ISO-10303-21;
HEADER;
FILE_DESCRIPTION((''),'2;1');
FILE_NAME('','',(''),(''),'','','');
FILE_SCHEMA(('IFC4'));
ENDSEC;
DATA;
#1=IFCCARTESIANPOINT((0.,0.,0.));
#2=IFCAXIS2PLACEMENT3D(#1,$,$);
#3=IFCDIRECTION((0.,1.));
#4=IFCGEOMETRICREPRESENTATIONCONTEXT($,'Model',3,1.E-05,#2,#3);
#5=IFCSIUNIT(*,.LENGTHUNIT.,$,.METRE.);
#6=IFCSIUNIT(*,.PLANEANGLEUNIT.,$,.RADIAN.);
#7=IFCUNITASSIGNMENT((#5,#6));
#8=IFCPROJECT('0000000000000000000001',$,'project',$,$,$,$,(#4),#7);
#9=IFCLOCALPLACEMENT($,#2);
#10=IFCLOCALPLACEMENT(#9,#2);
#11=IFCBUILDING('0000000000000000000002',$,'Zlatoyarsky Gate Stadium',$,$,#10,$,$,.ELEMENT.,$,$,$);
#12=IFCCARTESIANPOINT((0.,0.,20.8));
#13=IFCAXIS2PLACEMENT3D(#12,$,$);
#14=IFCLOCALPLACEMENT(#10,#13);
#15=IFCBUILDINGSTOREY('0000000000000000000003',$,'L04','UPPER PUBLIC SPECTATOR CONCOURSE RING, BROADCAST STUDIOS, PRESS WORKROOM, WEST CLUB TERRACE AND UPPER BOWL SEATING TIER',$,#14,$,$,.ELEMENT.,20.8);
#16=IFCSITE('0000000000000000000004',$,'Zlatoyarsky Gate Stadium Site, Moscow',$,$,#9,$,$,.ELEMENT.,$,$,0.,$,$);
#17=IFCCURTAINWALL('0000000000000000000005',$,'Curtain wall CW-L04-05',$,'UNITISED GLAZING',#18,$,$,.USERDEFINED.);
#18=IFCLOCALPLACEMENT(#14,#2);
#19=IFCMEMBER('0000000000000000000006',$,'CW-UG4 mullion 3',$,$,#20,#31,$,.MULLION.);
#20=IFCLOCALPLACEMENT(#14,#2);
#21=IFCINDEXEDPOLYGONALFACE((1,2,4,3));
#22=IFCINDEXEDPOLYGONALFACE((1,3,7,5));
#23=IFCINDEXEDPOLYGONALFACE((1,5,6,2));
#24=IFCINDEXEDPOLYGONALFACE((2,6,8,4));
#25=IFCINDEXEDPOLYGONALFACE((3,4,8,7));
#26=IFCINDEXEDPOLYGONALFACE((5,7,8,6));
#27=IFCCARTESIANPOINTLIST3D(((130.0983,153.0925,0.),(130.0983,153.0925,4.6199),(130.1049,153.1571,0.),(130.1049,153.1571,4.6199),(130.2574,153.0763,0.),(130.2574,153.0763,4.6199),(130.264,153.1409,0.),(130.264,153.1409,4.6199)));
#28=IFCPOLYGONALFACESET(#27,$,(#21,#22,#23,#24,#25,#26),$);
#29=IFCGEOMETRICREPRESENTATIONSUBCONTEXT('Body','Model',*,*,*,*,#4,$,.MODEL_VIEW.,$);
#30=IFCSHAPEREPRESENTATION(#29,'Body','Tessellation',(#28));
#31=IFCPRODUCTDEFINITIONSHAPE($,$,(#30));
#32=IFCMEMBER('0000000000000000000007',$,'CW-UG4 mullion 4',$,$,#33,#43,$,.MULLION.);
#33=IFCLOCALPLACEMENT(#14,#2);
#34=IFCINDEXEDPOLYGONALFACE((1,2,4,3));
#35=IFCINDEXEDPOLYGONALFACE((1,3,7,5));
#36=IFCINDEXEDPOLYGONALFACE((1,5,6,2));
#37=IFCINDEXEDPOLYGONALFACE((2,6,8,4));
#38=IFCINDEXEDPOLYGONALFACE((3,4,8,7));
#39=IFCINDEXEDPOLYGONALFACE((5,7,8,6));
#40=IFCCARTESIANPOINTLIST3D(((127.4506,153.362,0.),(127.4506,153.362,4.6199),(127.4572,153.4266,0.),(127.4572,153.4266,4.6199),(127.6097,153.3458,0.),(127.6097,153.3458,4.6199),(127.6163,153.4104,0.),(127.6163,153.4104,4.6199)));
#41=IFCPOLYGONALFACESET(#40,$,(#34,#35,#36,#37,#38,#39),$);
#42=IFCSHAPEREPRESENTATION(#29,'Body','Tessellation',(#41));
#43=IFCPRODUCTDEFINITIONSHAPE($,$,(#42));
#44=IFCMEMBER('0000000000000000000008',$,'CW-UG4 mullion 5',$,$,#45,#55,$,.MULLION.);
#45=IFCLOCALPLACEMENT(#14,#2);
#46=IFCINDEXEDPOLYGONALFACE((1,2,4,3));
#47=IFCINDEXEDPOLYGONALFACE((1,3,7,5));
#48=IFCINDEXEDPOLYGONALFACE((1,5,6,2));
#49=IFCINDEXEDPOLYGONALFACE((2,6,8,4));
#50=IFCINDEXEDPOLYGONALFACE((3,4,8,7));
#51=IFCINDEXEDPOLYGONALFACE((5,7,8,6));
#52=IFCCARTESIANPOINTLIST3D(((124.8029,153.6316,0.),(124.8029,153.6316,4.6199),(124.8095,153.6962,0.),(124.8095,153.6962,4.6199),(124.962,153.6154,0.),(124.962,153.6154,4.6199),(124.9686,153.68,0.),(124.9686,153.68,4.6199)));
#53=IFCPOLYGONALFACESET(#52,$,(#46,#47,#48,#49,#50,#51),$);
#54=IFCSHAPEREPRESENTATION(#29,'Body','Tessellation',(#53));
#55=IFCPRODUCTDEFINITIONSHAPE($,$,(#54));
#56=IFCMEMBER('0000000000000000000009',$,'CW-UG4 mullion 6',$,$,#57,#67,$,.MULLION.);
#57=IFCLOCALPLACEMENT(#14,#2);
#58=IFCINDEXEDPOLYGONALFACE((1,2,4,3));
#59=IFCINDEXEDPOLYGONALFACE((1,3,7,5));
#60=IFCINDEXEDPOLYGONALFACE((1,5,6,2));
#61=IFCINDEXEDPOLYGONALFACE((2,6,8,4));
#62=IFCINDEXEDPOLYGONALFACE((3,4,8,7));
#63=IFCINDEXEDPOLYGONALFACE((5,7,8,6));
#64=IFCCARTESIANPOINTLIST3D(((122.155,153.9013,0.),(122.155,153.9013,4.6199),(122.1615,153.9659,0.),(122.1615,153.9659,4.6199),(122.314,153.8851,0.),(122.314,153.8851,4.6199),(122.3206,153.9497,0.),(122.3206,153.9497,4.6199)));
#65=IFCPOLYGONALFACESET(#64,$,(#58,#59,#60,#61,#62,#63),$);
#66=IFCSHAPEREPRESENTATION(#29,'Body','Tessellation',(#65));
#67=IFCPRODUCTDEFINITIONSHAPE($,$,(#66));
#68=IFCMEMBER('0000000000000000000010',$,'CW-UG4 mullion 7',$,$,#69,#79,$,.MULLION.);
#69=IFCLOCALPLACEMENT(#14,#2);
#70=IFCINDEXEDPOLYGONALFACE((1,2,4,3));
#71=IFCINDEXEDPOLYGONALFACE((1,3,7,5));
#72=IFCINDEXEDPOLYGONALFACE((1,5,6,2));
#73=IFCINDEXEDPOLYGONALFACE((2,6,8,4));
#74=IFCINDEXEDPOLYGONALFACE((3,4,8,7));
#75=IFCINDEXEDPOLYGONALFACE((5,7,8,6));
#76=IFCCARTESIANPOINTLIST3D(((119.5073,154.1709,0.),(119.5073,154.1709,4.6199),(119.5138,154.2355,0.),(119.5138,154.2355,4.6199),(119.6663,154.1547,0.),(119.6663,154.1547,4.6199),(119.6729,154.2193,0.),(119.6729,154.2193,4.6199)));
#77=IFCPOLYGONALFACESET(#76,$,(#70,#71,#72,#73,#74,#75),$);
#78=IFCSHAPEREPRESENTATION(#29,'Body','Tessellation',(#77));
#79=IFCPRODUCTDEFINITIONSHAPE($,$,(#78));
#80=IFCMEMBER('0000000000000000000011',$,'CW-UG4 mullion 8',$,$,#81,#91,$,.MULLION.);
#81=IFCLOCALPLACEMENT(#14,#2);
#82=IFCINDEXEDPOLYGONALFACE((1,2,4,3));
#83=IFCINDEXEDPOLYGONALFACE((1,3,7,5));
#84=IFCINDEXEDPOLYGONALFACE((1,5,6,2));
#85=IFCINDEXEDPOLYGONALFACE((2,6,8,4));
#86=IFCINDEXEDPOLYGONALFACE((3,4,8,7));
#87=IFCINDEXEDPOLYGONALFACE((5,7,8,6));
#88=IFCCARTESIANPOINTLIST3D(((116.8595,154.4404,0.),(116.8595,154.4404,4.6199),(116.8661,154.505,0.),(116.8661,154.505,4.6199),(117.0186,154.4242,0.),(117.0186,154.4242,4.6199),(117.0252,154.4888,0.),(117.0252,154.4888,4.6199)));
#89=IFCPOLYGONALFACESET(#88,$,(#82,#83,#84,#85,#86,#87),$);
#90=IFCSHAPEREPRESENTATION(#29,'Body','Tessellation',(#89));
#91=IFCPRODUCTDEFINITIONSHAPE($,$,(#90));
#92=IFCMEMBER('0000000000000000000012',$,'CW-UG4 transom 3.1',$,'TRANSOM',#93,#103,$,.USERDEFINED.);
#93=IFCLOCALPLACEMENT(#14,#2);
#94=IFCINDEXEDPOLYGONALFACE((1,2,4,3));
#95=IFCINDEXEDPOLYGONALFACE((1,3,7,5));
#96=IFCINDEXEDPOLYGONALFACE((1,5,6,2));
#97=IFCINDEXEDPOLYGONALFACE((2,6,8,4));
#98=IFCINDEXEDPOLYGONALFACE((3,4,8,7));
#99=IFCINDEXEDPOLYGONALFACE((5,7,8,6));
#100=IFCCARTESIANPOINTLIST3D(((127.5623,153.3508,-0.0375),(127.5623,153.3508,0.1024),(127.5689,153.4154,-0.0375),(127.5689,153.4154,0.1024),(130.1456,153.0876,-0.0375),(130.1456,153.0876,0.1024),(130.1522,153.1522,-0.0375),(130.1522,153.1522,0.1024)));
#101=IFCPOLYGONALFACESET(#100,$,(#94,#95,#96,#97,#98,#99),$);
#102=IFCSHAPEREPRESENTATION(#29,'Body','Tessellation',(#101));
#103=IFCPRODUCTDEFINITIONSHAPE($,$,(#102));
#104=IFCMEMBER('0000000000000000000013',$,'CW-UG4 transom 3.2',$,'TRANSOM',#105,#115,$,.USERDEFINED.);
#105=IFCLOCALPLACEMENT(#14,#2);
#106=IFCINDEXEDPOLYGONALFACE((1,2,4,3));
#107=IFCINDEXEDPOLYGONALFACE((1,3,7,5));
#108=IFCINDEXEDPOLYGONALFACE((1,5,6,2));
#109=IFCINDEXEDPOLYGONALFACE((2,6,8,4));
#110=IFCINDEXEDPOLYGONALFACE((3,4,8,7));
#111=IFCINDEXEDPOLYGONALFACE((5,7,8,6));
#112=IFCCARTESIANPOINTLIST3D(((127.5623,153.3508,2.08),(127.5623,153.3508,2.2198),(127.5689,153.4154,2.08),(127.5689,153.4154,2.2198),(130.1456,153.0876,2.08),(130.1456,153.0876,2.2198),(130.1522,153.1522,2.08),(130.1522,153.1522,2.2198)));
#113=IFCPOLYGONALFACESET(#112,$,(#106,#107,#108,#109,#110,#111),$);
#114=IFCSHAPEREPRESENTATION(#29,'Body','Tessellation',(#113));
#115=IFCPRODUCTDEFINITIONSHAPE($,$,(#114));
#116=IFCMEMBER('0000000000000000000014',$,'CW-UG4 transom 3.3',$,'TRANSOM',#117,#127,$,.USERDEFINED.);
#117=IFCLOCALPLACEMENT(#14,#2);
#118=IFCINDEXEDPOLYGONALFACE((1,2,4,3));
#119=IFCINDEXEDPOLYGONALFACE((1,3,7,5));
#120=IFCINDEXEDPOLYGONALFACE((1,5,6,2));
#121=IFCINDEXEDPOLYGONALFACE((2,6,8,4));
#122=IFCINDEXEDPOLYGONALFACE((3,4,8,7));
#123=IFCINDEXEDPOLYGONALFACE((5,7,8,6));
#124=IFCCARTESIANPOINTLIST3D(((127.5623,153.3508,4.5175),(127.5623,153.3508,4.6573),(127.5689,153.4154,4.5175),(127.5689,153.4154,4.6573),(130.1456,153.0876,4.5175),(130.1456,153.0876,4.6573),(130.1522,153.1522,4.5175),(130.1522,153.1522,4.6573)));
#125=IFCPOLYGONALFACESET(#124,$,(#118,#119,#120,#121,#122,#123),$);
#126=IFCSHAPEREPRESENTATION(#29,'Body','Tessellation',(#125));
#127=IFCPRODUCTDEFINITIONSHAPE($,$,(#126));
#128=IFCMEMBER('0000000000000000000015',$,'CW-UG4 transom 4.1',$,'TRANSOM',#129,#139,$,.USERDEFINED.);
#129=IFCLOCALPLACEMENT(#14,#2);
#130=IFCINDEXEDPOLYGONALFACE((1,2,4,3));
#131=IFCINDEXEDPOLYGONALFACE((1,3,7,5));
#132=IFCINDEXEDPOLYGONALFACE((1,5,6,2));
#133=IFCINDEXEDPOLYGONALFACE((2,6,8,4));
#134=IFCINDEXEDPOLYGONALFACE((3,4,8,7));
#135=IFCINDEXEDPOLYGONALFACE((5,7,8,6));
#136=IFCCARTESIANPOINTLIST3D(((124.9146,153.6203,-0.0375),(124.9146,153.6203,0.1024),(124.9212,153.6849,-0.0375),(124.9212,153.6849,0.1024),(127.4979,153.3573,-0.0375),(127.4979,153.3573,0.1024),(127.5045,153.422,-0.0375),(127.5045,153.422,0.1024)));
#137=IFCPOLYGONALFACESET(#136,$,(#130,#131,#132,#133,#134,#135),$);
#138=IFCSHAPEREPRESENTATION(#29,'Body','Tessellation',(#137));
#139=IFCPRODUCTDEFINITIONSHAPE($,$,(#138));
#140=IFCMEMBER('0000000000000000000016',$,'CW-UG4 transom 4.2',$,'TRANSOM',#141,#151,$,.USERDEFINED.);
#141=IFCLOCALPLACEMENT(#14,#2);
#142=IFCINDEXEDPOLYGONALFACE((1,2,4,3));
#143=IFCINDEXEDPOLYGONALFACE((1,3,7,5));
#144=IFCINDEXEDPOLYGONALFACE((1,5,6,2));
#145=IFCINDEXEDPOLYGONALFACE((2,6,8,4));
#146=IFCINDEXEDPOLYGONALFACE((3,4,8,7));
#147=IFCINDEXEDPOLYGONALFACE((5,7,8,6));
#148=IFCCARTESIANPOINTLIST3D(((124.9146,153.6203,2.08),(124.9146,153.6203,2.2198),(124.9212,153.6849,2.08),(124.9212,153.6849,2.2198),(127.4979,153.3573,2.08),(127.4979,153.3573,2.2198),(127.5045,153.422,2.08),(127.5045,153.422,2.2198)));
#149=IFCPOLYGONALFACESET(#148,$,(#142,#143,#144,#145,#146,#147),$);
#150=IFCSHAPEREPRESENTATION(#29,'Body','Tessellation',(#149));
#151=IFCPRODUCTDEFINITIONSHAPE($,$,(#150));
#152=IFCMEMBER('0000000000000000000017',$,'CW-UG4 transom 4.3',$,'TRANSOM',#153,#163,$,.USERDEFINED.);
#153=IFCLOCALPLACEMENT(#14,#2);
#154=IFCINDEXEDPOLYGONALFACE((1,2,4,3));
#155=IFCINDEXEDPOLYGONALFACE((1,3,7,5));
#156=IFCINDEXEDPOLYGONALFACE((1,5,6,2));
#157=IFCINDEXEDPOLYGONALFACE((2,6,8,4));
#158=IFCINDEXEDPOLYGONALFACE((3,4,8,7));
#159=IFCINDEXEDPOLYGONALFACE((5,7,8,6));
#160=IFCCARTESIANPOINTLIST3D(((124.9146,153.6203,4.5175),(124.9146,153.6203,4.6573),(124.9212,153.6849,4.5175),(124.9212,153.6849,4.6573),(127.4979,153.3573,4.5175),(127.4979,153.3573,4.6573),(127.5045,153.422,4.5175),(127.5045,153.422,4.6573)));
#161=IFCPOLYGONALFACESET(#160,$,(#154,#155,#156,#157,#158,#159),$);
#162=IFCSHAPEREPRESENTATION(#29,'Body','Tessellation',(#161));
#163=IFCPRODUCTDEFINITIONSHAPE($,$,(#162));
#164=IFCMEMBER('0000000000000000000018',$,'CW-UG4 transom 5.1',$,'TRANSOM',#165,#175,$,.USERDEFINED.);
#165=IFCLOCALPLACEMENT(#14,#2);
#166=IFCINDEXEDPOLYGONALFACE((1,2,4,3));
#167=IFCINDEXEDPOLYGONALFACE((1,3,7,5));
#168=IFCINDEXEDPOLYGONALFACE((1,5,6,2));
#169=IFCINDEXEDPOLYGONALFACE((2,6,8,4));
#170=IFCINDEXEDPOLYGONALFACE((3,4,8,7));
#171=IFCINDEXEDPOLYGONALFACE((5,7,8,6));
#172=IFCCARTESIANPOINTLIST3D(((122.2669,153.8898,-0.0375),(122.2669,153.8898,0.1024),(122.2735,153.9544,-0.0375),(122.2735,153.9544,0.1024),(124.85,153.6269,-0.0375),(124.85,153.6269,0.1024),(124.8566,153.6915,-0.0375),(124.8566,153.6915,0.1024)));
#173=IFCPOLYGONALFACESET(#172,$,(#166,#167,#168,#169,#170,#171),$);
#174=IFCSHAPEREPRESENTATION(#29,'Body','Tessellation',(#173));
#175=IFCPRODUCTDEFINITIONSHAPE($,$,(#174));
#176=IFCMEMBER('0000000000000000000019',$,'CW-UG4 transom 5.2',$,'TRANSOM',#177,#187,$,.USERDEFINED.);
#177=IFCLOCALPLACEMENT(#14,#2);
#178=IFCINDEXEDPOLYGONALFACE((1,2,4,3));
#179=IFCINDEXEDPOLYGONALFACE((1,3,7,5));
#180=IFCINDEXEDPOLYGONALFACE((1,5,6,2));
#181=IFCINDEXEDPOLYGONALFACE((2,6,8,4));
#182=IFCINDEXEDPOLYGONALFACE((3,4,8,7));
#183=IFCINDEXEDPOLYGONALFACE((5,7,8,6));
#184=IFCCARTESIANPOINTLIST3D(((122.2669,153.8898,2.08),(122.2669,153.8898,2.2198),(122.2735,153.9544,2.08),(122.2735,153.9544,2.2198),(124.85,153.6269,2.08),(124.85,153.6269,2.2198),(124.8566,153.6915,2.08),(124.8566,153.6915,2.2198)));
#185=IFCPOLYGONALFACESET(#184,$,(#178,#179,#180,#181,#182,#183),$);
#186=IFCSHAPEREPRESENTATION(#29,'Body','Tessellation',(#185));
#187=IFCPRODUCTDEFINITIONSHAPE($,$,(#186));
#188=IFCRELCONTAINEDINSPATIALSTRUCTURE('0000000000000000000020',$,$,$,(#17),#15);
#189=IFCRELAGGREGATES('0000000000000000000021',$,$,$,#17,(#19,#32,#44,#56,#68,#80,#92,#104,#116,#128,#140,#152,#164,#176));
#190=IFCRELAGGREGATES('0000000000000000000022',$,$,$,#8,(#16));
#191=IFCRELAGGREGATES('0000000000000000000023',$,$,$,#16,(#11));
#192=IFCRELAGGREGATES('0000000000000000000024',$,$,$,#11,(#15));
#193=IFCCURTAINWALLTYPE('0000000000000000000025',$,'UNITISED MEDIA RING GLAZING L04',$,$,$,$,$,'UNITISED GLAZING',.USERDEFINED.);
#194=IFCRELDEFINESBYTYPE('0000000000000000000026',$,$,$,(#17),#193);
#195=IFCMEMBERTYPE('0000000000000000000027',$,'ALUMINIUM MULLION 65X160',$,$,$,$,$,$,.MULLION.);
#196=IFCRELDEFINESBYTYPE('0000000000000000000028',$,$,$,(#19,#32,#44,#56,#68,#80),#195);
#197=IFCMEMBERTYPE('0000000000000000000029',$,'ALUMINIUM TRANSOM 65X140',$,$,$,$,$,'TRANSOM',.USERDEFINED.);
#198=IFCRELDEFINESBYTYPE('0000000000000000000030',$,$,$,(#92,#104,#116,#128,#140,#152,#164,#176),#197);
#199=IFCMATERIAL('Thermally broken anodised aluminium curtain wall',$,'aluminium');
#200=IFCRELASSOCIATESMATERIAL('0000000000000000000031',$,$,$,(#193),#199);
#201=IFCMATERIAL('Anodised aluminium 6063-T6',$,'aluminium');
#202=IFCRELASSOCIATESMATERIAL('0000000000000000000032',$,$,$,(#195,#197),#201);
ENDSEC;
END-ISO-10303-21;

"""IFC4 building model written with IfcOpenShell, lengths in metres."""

from ifc_helpers import new_model, si_unit, direction, frame, origin, origin_2d, place, context, subcontext, project, spatial, rectangle, extrude, material, material_profile, profile_set, type_object, element, aggregate, save


model = new_model("IFC4")

# Units and contexts
model_context = context("Model", 3, precision=1e-05, world=origin(), true_north=direction((0.0, 1.0)))
body_context = subcontext(model_context, "Body", "Model", "MODEL_VIEW")
ifc_project = project(units=[si_unit("LENGTHUNIT", "METRE"), si_unit("PLANEANGLEUNIT", "RADIAN")], contexts=[model_context])

# Site, building, storey
site_placement = place(None, origin())
site = spatial("IfcSite", under=ifc_project, at=site_placement, Name="Zlatoyarsky Gate Stadium Site, Moscow", CompositionType="ELEMENT", RefElevation=0.0)
building_placement = place(site_placement, origin())
building = spatial("IfcBuilding", under=site, at=building_placement, Name="Zlatoyarsky Gate Stadium", CompositionType="ELEMENT")
storey_placement = place(building_placement, frame((0.0, 0.0, 20.8)))
storey = spatial("IfcBuildingStorey", under=building, at=storey_placement, Name="L04", Description="UPPER PUBLIC SPECTATOR CONCOURSE RING, BROADCAST STUDIOS, PRESS WORKROOM, WEST CLUB TERRACE AND UPPER BOWL SEATING TIER", CompositionType="ELEMENT", Elevation=20.8)

# Curtain wall, members
ifc_material_1 = material(Name="Thermally broken anodised aluminium curtain wall", Category="aluminium")
curtain_wall_type = type_object("IfcCurtainWallType", Name="UNITISED MEDIA RING GLAZING L04", ElementType="UNITISED GLAZING", PredefinedType="USERDEFINED", material=ifc_material_1)
curtain_wall_placement = place(storey_placement, origin())
curtain_wall = element("IfcCurtainWall", 1, at=curtain_wall_placement, inside=storey, type_object=curtain_wall_type, Name="Curtain wall CW-L04-05", ObjectType="UNITISED GLAZING", PredefinedType="USERDEFINED")
ifc_material_2 = material(Name="Anodised aluminium 6063-T6", Category="aluminium")
ifc_material_profile_1 = material_profile(ifc_material_2, rectangle(XDim=0.0649, YDim=0.1599, at=origin_2d()), Name="ALU 65X160")
ifc_profile_set_1 = profile_set([ifc_material_profile_1], Name="Anodised aluminium 6063-T6")
member_type_1 = type_object("IfcMemberType", Name="ALUMINIUM MULLION 65X160", PredefinedType="MULLION", material=ifc_profile_set_1)
member_1_placement = place(storey_placement, frame((130.1812, 153.1167, 0.0), z_axis=(0.0, 0.0, 1.0), x_axis=(-0.101293, -0.994857, 0.0)))
member_1 = element("IfcMember", 2, at=member_1_placement, type_object=member_type_1, Name="CW-UG4 mullion 3", PredefinedType="MULLION", context=body_context, shape_type="SweptSolid", body=[
    extrude(rectangle(XDim=0.0649, YDim=0.1599, at=origin_2d()), origin(), (0.0, 0.0, 1.0), 4.6199),
])
member_2_placement = place(storey_placement, frame((127.5334, 153.3862, 0.0), z_axis=(0.0, 0.0, 1.0), x_axis=(-0.101293, -0.994857, 0.0)))
member_2 = element("IfcMember", 3, at=member_2_placement, type_object=member_type_1, Name="CW-UG4 mullion 4", PredefinedType="MULLION", context=body_context, shape_type="SweptSolid", body=[
    extrude(rectangle(XDim=0.0649, YDim=0.1599, at=origin_2d()), origin(), (0.0, 0.0, 1.0), 4.6199),
])
member_3_placement = place(storey_placement, frame((124.8857, 153.6558, 0.0), z_axis=(0.0, 0.0, 1.0), x_axis=(-0.101293, -0.994857, 0.0)))
member_3 = element("IfcMember", 4, at=member_3_placement, type_object=member_type_1, Name="CW-UG4 mullion 5", PredefinedType="MULLION", context=body_context, shape_type="SweptSolid", body=[
    extrude(rectangle(XDim=0.0649, YDim=0.1599, at=origin_2d()), origin(), (0.0, 0.0, 1.0), 4.6199),
])
member_4_placement = place(storey_placement, frame((122.2378, 153.9255, 0.0), z_axis=(0.0, 0.0, 1.0), x_axis=(-0.101293, -0.994857, 0.0)))
member_4 = element("IfcMember", 5, at=member_4_placement, type_object=member_type_1, Name="CW-UG4 mullion 6", PredefinedType="MULLION", context=body_context, shape_type="SweptSolid", body=[
    extrude(rectangle(XDim=0.0649, YDim=0.1599, at=origin_2d()), origin(), (0.0, 0.0, 1.0), 4.6199),
])
member_5_placement = place(storey_placement, frame((119.5901, 154.1951, 0.0), z_axis=(0.0, 0.0, 1.0), x_axis=(-0.101293, -0.994857, 0.0)))
member_5 = element("IfcMember", 6, at=member_5_placement, type_object=member_type_1, Name="CW-UG4 mullion 7", PredefinedType="MULLION", context=body_context, shape_type="SweptSolid", body=[
    extrude(rectangle(XDim=0.0649, YDim=0.1599, at=origin_2d()), origin(), (0.0, 0.0, 1.0), 4.6199),
])
member_6_placement = place(storey_placement, frame((116.9424, 154.4646, 0.0), z_axis=(0.0, 0.0, 1.0), x_axis=(-0.101293, -0.994857, 0.0)))
member_6 = element("IfcMember", 7, at=member_6_placement, type_object=member_type_1, Name="CW-UG4 mullion 8", PredefinedType="MULLION", context=body_context, shape_type="SweptSolid", body=[
    extrude(rectangle(XDim=0.0649, YDim=0.1599, at=origin_2d()), origin(), (0.0, 0.0, 1.0), 4.6199),
])
ifc_material_profile_2 = material_profile(ifc_material_2, rectangle(XDim=0.0649, YDim=0.1399, at=origin_2d()), Name="ALU 65X140")
ifc_profile_set_2 = profile_set([ifc_material_profile_2], Name="Anodised aluminium 6063-T6")
member_type_2 = type_object("IfcMemberType", Name="ALUMINIUM TRANSOM 65X140", ElementType="TRANSOM", PredefinedType="USERDEFINED", material=ifc_profile_set_2)
member_7_placement = place(storey_placement, frame((130.1489, 153.1199, 0.0325), z_axis=(-0.99485, 0.101356, 0.0), x_axis=(-0.101356, -0.99485, 0.0)))
member_7 = element("IfcMember", 8, at=member_7_placement, type_object=member_type_2, Name="CW-UG4 transom 3.1", ObjectType="TRANSOM", PredefinedType="USERDEFINED", context=body_context, shape_type="SweptSolid", body=[
    extrude(rectangle(XDim=0.0649, YDim=0.1399, at=origin_2d()), origin(), (0.0, 0.0, 1.0), 2.5967),
])
member_8_placement = place(storey_placement, frame((130.1489, 153.1199, 2.1499), z_axis=(-0.99485, 0.101356, 0.0), x_axis=(-0.101356, -0.99485, 0.0)))
member_8 = element("IfcMember", 9, at=member_8_placement, type_object=member_type_2, Name="CW-UG4 transom 3.2", ObjectType="TRANSOM", PredefinedType="USERDEFINED", context=body_context, shape_type="SweptSolid", body=[
    extrude(rectangle(XDim=0.0649, YDim=0.1399, at=origin_2d()), origin(), (0.0, 0.0, 1.0), 2.5967),
])
member_9_placement = place(storey_placement, frame((130.1489, 153.1199, 4.5874), z_axis=(-0.99485, 0.101356, 0.0), x_axis=(-0.101356, -0.99485, 0.0)))
member_9 = element("IfcMember", 10, at=member_9_placement, type_object=member_type_2, Name="CW-UG4 transom 3.3", ObjectType="TRANSOM", PredefinedType="USERDEFINED", context=body_context, shape_type="SweptSolid", body=[
    extrude(rectangle(XDim=0.0649, YDim=0.1399, at=origin_2d()), origin(), (0.0, 0.0, 1.0), 2.5967),
])
member_10_placement = place(storey_placement, frame((127.5012, 153.3896, 0.0325), z_axis=(-0.99486, 0.101263, 0.0), x_axis=(-0.101263, -0.99486, 0.0)))
member_10 = element("IfcMember", 11, at=member_10_placement, type_object=member_type_2, Name="CW-UG4 transom 4.1", ObjectType="TRANSOM", PredefinedType="USERDEFINED", context=body_context, shape_type="SweptSolid", body=[
    extrude(rectangle(XDim=0.0649, YDim=0.1399, at=origin_2d()), origin(), (0.0, 0.0, 1.0), 2.5967),
])
member_11_placement = place(storey_placement, frame((127.5012, 153.3896, 2.1499), z_axis=(-0.99486, 0.101263, 0.0), x_axis=(-0.101263, -0.99486, 0.0)))
member_11 = element("IfcMember", 12, at=member_11_placement, type_object=member_type_2, Name="CW-UG4 transom 4.2", ObjectType="TRANSOM", PredefinedType="USERDEFINED", context=body_context, shape_type="SweptSolid", body=[
    extrude(rectangle(XDim=0.0649, YDim=0.1399, at=origin_2d()), origin(), (0.0, 0.0, 1.0), 2.5967),
])
member_12_placement = place(storey_placement, frame((127.5012, 153.3896, 4.5874), z_axis=(-0.99486, 0.101263, 0.0), x_axis=(-0.101263, -0.99486, 0.0)))
member_12 = element("IfcMember", 13, at=member_12_placement, type_object=member_type_2, Name="CW-UG4 transom 4.3", ObjectType="TRANSOM", PredefinedType="USERDEFINED", context=body_context, shape_type="SweptSolid", body=[
    extrude(rectangle(XDim=0.0649, YDim=0.1399, at=origin_2d()), origin(), (0.0, 0.0, 1.0), 2.5967),
])
member_13_placement = place(storey_placement, frame((124.8533, 153.6592, 0.0325), z_axis=(-0.994859, 0.101272, 0.0), x_axis=(-0.101272, -0.994859, 0.0)))
member_13 = element("IfcMember", 14, at=member_13_placement, type_object=member_type_2, Name="CW-UG4 transom 5.1", ObjectType="TRANSOM", PredefinedType="USERDEFINED", context=body_context, shape_type="SweptSolid", body=[
    extrude(rectangle(XDim=0.0649, YDim=0.1399, at=origin_2d()), origin(), (0.0, 0.0, 1.0), 2.5964),
])
member_14_placement = place(storey_placement, frame((124.8533, 153.6592, 2.1499), z_axis=(-0.994859, 0.101272, 0.0), x_axis=(-0.101272, -0.994859, 0.0)))
member_14 = element("IfcMember", 15, at=member_14_placement, type_object=member_type_2, Name="CW-UG4 transom 5.2", ObjectType="TRANSOM", PredefinedType="USERDEFINED", context=body_context, shape_type="SweptSolid", body=[
    extrude(rectangle(XDim=0.0649, YDim=0.1399, at=origin_2d()), origin(), (0.0, 0.0, 1.0), 2.5964),
])

aggregate(curtain_wall, [member_1, member_2, member_3, member_4, member_5, member_6, member_7, member_8, member_9, member_10, member_11, member_12, member_13, member_14])

save(model, "model.ifc")
